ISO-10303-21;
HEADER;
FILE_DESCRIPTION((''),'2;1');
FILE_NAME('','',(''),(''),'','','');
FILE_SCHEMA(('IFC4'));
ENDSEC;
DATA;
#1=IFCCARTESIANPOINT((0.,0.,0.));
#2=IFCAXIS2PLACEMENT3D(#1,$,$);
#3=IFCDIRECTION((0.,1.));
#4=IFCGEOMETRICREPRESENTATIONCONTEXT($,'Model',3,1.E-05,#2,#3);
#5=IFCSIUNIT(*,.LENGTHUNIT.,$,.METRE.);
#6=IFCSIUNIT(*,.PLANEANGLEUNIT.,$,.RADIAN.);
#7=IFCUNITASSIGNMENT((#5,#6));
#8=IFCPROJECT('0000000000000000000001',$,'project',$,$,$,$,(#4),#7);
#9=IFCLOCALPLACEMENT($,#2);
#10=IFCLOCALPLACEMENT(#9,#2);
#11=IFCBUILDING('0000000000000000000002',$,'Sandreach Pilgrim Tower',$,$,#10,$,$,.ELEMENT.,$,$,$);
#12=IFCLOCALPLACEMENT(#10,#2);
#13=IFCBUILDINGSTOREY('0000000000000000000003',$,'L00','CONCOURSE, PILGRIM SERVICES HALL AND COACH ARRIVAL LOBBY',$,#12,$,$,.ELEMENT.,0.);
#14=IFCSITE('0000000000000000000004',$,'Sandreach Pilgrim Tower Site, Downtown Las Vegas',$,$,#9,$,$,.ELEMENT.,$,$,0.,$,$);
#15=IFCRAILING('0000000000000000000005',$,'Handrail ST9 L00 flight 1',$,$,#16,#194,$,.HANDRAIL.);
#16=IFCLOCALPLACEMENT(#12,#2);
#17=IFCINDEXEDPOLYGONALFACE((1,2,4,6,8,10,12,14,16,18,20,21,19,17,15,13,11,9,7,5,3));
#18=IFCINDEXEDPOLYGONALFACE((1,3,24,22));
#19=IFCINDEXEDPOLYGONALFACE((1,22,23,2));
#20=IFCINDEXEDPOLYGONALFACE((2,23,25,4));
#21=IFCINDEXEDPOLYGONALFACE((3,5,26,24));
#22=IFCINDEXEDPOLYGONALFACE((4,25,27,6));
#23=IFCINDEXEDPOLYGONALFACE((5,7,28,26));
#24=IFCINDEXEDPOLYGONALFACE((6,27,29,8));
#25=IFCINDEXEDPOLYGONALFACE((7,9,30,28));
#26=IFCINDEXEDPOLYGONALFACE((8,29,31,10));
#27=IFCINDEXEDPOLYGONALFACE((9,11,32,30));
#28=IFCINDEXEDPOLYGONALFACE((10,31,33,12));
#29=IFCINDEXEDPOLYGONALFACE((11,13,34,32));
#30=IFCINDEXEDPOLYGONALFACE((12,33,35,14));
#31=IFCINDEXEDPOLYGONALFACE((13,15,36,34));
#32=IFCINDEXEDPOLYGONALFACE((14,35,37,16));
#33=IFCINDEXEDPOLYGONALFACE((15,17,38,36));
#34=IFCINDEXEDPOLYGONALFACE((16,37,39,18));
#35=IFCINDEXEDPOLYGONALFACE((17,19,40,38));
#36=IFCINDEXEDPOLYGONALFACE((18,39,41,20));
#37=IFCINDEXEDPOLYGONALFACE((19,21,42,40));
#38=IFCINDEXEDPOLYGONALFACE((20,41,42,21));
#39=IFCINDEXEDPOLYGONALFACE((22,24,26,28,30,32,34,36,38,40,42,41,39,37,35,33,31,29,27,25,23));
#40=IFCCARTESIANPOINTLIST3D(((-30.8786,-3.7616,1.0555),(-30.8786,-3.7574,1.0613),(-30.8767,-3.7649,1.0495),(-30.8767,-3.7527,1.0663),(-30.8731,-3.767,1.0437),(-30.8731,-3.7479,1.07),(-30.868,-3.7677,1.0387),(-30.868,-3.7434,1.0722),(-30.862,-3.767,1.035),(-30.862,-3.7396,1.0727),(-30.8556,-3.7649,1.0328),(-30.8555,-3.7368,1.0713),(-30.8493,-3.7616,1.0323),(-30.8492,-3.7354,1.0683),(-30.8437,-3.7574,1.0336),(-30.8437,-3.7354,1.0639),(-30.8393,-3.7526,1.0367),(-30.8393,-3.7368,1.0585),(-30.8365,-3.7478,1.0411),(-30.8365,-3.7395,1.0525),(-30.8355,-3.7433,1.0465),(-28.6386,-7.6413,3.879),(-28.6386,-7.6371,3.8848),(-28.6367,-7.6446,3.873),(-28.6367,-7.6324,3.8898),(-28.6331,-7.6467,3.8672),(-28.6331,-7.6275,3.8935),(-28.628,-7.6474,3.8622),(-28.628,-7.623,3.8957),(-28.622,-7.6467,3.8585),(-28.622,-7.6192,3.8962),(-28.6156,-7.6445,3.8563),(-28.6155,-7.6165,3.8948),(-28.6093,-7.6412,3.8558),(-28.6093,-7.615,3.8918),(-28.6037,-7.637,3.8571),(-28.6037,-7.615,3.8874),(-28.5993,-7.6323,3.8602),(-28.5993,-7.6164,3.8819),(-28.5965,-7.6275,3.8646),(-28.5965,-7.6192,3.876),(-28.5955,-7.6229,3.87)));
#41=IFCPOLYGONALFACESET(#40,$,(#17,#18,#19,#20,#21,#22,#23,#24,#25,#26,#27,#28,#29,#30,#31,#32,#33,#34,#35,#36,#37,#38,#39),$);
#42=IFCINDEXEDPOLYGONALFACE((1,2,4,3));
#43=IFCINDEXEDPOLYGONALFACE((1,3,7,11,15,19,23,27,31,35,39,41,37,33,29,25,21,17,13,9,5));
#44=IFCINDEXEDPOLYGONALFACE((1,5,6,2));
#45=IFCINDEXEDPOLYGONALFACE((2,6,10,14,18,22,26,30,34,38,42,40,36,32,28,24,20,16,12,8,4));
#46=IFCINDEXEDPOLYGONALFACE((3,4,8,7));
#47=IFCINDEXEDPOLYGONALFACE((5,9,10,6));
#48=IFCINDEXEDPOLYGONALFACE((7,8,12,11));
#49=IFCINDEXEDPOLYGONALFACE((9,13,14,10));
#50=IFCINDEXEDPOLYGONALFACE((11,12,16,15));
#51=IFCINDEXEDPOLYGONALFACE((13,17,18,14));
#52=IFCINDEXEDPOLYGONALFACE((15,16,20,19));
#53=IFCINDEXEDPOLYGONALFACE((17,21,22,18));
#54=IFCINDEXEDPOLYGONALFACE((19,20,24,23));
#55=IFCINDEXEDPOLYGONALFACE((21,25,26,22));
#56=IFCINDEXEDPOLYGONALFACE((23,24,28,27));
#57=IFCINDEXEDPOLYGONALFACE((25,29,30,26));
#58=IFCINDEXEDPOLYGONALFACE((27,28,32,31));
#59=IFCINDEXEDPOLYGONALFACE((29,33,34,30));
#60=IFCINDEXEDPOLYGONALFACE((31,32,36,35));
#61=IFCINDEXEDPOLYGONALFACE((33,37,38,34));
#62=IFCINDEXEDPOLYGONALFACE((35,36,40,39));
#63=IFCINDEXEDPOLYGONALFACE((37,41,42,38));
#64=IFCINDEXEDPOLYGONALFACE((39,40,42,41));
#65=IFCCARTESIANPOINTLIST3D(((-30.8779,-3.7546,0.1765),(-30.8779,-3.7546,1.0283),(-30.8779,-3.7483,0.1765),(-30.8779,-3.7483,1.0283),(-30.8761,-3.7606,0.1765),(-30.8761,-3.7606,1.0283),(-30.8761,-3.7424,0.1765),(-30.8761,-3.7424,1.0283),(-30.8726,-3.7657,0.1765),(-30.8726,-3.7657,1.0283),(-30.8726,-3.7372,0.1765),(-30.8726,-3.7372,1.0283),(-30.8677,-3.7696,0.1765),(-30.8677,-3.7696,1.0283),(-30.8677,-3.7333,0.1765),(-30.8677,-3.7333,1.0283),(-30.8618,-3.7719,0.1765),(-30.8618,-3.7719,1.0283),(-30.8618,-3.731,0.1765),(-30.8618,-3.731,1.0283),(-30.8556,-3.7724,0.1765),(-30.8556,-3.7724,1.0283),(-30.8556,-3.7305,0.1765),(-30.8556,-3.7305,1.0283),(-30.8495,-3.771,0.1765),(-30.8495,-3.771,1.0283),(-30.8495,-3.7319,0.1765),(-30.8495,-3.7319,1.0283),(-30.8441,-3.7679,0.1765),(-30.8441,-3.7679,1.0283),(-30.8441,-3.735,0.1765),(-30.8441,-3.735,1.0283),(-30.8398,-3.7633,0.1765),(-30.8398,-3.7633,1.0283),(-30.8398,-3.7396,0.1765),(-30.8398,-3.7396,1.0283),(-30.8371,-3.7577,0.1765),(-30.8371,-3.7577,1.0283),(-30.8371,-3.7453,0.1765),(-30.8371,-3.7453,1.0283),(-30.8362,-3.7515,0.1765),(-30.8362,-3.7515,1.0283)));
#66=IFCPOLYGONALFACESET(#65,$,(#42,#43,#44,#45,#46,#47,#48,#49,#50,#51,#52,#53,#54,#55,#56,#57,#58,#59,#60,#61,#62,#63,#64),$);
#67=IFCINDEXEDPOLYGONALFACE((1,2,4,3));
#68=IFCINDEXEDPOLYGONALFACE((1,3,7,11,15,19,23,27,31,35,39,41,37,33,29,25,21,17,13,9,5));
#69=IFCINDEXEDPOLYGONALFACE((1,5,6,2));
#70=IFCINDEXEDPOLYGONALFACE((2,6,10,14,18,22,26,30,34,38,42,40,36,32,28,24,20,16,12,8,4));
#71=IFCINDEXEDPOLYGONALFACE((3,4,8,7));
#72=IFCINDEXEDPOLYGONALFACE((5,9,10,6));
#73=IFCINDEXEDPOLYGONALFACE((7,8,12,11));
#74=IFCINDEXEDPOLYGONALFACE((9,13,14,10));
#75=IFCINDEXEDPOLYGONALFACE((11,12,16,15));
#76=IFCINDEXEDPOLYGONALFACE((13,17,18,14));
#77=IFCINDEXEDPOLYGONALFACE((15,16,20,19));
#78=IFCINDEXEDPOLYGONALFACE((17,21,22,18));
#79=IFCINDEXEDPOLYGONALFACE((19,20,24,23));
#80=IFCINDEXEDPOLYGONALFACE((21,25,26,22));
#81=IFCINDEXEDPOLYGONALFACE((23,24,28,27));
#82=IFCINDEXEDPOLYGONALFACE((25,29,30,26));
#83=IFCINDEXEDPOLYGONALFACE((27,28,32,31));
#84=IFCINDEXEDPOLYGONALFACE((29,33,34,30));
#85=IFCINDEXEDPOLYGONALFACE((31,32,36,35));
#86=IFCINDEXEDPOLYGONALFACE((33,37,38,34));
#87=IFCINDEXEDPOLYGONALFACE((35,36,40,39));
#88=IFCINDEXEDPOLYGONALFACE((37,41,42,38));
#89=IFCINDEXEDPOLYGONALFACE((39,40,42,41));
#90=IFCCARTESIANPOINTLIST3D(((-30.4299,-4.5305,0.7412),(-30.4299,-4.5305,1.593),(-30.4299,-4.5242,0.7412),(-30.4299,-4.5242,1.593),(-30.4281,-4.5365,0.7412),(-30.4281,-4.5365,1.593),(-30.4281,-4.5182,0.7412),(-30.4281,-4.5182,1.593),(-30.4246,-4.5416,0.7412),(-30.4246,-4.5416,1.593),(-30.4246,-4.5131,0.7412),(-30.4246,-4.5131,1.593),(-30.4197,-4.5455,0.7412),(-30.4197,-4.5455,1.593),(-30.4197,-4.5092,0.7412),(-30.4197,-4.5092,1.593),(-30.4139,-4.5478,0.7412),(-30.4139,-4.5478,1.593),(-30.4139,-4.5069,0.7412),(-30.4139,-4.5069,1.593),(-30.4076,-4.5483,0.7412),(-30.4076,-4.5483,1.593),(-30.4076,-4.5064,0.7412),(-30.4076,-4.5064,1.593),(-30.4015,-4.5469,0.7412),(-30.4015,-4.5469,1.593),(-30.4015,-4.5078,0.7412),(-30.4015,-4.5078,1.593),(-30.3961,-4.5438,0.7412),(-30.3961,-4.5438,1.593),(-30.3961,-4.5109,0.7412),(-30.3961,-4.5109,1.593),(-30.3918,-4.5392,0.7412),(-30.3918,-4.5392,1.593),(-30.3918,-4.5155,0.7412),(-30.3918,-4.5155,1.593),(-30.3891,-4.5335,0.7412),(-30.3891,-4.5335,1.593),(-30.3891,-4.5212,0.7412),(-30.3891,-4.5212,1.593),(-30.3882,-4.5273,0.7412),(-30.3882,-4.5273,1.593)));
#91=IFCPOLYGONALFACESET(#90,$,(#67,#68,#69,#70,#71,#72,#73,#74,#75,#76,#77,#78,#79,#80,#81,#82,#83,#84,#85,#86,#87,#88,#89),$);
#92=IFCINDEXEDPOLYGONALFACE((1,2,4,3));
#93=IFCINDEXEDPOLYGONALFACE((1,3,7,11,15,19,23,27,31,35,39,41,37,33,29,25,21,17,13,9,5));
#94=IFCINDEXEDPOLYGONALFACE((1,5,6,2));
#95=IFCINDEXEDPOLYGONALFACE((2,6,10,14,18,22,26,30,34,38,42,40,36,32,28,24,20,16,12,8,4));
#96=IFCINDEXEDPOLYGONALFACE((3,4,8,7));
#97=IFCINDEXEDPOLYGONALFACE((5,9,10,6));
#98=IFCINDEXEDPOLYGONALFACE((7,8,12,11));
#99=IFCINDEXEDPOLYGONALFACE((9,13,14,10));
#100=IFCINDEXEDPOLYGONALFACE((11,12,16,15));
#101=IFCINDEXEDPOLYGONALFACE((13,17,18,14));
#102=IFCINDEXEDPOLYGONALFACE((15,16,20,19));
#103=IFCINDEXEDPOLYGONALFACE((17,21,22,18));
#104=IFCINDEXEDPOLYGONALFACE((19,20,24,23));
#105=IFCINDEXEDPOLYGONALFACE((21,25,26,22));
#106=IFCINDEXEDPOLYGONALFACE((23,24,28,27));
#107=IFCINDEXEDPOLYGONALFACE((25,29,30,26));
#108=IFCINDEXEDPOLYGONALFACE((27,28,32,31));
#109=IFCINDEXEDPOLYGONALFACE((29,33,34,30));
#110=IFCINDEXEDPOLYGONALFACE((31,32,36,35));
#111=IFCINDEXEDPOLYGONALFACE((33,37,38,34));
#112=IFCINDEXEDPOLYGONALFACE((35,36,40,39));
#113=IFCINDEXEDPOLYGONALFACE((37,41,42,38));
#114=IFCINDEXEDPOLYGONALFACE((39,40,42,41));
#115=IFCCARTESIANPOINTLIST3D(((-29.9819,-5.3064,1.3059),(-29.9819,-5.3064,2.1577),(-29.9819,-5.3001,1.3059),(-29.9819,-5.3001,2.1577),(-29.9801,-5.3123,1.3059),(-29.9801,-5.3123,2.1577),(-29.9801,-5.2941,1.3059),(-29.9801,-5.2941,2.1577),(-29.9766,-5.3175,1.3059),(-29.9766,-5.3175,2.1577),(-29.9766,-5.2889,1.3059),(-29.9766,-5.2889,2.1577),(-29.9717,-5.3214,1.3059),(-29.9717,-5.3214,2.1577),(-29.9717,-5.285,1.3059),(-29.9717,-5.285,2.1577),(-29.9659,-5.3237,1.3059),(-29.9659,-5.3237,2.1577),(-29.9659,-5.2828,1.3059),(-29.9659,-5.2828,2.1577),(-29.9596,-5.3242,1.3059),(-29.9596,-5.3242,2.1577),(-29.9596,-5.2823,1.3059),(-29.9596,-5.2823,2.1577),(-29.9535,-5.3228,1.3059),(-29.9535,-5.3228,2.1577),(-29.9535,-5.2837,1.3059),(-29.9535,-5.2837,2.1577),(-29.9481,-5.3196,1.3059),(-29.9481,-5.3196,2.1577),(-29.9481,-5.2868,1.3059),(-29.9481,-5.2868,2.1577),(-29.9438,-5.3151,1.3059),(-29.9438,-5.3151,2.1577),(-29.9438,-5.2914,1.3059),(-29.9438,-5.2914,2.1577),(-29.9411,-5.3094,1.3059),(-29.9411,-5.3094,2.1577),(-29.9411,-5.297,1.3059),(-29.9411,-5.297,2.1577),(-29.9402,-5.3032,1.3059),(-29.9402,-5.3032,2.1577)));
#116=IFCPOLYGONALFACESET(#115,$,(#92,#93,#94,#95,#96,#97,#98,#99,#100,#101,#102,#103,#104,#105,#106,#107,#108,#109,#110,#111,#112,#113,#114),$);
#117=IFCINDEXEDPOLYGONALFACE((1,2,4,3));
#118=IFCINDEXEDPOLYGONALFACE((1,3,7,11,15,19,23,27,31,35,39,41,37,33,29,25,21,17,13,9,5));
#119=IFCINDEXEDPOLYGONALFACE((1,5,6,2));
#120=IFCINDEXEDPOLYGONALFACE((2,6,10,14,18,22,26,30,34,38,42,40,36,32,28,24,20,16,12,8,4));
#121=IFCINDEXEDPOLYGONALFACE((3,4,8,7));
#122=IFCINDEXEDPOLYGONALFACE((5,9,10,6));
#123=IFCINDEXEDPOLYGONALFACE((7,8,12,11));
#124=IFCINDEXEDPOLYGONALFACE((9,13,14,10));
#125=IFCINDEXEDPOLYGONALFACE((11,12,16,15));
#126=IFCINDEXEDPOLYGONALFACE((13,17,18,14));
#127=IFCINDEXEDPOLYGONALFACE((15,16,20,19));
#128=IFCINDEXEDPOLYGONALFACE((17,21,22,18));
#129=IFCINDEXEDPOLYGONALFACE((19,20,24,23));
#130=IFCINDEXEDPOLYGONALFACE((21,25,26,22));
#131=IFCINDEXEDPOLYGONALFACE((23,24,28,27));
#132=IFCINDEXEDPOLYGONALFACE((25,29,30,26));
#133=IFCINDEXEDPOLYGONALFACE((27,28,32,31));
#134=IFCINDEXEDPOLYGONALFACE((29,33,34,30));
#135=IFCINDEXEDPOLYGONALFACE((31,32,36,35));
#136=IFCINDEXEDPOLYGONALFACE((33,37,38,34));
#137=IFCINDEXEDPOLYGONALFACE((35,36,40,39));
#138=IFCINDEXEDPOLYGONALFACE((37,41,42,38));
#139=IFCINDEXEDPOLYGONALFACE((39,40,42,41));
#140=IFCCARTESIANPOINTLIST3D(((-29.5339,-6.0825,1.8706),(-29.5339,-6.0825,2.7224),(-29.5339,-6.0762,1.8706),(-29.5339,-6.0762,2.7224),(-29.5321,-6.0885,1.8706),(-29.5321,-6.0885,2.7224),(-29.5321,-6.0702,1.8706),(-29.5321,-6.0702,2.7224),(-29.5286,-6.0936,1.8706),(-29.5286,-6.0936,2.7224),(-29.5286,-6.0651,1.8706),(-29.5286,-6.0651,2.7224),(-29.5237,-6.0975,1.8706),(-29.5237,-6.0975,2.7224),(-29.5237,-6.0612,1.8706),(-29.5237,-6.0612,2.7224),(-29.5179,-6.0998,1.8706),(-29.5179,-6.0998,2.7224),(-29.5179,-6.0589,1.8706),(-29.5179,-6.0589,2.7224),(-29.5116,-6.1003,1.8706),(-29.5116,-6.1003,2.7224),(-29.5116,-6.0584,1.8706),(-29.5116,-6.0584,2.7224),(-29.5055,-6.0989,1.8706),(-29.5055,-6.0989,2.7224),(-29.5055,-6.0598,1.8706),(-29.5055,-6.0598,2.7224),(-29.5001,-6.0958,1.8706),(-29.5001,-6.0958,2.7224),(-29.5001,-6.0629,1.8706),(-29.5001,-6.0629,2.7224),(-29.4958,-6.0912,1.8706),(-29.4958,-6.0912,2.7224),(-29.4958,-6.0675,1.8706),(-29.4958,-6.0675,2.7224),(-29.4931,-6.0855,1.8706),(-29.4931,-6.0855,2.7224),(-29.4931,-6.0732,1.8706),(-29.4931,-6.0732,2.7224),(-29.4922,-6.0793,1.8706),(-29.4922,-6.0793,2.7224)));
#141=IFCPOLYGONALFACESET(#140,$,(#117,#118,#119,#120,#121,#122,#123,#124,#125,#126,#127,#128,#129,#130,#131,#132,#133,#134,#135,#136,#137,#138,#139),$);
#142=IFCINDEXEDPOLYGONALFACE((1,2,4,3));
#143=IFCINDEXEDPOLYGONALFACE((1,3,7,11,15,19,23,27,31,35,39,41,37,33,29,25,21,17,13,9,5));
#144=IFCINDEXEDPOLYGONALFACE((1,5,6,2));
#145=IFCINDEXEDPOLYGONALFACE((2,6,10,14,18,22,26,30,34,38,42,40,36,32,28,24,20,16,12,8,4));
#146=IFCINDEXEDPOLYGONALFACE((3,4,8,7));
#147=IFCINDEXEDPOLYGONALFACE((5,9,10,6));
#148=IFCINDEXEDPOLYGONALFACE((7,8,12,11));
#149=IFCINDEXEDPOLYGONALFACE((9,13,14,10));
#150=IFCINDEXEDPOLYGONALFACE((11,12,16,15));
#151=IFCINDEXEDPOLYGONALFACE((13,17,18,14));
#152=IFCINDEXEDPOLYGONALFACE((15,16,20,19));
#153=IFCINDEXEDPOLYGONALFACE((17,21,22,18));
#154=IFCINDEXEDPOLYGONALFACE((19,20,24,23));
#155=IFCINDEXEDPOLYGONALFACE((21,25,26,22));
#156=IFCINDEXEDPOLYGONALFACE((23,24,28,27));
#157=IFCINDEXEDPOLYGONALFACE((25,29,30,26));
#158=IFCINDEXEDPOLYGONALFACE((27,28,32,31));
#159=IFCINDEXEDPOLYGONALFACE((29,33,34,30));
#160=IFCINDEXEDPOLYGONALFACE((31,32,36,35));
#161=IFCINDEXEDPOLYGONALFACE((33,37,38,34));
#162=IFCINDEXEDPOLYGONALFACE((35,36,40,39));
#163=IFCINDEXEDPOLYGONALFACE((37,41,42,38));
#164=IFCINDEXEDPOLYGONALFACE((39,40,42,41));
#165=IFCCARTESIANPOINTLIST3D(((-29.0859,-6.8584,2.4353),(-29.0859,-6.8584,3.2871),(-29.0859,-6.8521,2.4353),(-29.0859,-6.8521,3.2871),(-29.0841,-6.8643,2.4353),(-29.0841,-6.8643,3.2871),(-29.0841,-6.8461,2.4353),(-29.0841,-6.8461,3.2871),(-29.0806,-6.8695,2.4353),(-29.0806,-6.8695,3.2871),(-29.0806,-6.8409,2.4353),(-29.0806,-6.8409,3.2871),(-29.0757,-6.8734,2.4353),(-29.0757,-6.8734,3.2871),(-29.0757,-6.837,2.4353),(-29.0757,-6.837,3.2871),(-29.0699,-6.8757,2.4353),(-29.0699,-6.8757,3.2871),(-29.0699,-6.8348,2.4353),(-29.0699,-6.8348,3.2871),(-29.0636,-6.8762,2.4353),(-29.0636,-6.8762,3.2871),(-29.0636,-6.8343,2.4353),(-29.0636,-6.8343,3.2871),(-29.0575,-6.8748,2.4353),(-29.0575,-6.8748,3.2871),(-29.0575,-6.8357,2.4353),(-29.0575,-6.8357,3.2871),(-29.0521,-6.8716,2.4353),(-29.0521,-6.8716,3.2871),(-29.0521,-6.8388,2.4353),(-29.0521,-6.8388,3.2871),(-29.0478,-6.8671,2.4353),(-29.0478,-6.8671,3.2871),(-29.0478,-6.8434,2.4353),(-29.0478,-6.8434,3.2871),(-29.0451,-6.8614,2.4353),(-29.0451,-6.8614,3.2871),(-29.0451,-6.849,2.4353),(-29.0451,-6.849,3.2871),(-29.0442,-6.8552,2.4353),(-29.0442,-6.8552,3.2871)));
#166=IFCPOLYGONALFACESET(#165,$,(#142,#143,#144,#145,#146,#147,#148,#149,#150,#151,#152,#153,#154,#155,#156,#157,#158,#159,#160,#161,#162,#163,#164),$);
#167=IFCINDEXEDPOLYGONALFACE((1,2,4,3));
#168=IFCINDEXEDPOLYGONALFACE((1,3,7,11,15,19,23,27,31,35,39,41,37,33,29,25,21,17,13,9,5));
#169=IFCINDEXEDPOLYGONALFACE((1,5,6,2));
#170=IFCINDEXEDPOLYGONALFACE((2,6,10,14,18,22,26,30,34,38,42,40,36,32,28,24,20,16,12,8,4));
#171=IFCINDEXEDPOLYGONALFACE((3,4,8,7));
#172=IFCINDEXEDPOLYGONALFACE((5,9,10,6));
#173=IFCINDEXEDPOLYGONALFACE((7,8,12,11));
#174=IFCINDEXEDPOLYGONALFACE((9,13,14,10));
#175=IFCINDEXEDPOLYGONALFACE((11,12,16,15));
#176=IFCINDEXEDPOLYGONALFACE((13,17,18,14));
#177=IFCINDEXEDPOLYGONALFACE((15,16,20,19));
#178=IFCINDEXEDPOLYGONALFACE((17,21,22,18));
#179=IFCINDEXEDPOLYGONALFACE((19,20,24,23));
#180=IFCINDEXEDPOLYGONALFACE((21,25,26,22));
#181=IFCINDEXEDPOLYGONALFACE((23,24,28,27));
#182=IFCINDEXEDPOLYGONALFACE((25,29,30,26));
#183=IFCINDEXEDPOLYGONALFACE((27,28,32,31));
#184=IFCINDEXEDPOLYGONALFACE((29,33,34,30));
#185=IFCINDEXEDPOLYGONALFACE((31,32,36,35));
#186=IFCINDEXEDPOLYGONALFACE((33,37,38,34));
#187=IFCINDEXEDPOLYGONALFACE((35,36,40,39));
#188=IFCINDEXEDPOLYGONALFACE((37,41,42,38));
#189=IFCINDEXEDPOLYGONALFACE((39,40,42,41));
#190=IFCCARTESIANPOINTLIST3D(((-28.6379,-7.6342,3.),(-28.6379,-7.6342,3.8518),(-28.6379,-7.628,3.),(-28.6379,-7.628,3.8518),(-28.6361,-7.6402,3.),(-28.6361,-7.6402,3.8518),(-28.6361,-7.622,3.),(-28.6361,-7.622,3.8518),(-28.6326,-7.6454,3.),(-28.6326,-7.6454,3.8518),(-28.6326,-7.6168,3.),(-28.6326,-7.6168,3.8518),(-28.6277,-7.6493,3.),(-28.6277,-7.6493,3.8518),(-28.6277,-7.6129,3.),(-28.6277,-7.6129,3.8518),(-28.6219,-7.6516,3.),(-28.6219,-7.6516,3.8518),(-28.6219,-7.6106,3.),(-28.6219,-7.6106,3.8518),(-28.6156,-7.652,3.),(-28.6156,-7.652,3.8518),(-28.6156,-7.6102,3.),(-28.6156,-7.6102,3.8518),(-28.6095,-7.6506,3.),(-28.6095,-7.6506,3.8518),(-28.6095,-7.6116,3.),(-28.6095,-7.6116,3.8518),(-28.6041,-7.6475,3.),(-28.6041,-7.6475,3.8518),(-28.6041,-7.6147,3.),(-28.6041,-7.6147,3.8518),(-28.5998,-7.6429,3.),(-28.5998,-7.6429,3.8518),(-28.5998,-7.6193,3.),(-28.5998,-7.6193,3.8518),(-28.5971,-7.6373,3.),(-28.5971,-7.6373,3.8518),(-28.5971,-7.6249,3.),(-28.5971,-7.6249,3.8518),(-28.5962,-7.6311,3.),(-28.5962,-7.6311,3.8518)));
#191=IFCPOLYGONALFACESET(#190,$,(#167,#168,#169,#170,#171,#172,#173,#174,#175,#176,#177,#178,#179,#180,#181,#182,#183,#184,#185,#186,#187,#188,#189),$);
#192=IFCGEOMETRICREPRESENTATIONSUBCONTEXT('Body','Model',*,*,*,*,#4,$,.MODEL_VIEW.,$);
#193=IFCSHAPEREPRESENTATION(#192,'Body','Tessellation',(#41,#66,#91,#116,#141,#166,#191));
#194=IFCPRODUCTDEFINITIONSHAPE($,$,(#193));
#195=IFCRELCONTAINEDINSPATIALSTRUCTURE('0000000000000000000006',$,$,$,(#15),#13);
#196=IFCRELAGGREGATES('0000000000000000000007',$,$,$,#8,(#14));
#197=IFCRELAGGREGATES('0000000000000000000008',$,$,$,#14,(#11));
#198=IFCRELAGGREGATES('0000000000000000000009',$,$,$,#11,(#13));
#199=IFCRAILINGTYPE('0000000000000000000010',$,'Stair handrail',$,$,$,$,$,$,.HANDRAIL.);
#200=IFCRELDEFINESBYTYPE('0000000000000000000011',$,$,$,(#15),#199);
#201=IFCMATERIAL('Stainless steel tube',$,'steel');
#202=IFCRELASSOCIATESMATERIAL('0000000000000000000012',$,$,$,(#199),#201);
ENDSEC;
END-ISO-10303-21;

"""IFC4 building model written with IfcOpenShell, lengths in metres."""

from ifc_helpers import new_model, si_unit, direction, frame, origin, origin_2d, place, context, subcontext, project, spatial, circle, extrude, material, type_object, element, save


model = new_model("IFC4")

# Units and contexts
model_context = context("Model", 3, precision=1e-05, world=origin(), true_north=direction((0.0, 1.0)))
body_context = subcontext(model_context, "Body", "Model", "MODEL_VIEW")
ifc_project = project(units=[si_unit("LENGTHUNIT", "METRE"), si_unit("PLANEANGLEUNIT", "RADIAN")], contexts=[model_context])

# Site, building, storey
site_placement = place(None, origin())
site = spatial("IfcSite", under=ifc_project, at=site_placement, Name="Sandreach Pilgrim Tower Site, Downtown Las Vegas", CompositionType="ELEMENT", RefElevation=0.0)
building_placement = place(site_placement, origin())
building = spatial("IfcBuilding", under=site, at=building_placement, Name="Sandreach Pilgrim Tower", CompositionType="ELEMENT")
storey_placement = place(building_placement, origin())
storey = spatial("IfcBuildingStorey", under=building, at=storey_placement, Name="L00", Description="CONCOURSE, PILGRIM SERVICES HALL AND COACH ARRIVAL LOBBY", CompositionType="ELEMENT", Elevation=0.0)

# Railing
ifc_material_1 = material(Name="Stainless steel tube", Category="steel")
railing_type = type_object("IfcRailingType", Name="Stair handrail", PredefinedType="HANDRAIL", material=ifc_material_1)
railing_1_placement = place(storey_placement, frame((-30.8572, -3.7515, 0.1765)))
element("IfcRailing", 1, at=railing_1_placement, inside=storey, type_object=railing_type, Name="Handrail ST9 L00 flight 1", PredefinedType="HANDRAIL", context=body_context, shape_type="SweptSolid", body=[
    extrude(circle(Radius=0.0239, at=origin_2d()), frame((0.0, 0.0, 0.876), z_axis=(0.423007, -0.732644, 0.533196), x_axis=(0.866018, 0.500013, 0.0)), (0.0, 0.0, 1.0), 5.2954),
    extrude(circle(Radius=0.021, at=origin_2d()), origin(), (0.0, 0.0, 1.0), 0.8518),
    extrude(circle(Radius=0.021, at=origin_2d()), frame((0.448, -0.7759, 0.5647)), (0.0, 0.0, 1.0), 0.8518),
    extrude(circle(Radius=0.021, at=origin_2d()), frame((0.896, -1.5518, 1.1294)), (0.0, 0.0, 1.0), 0.8518),
    extrude(circle(Radius=0.021, at=origin_2d()), frame((1.344, -2.3279, 1.6941)), (0.0, 0.0, 1.0), 0.8518),
    extrude(circle(Radius=0.021, at=origin_2d()), frame((1.792, -3.1038, 2.2588)), (0.0, 0.0, 1.0), 0.8518),
    extrude(circle(Radius=0.021, at=origin_2d()), frame((2.24, -3.8796, 2.8235)), (0.0, 0.0, 1.0), 0.8518),
])

save(model, "model.ifc")
